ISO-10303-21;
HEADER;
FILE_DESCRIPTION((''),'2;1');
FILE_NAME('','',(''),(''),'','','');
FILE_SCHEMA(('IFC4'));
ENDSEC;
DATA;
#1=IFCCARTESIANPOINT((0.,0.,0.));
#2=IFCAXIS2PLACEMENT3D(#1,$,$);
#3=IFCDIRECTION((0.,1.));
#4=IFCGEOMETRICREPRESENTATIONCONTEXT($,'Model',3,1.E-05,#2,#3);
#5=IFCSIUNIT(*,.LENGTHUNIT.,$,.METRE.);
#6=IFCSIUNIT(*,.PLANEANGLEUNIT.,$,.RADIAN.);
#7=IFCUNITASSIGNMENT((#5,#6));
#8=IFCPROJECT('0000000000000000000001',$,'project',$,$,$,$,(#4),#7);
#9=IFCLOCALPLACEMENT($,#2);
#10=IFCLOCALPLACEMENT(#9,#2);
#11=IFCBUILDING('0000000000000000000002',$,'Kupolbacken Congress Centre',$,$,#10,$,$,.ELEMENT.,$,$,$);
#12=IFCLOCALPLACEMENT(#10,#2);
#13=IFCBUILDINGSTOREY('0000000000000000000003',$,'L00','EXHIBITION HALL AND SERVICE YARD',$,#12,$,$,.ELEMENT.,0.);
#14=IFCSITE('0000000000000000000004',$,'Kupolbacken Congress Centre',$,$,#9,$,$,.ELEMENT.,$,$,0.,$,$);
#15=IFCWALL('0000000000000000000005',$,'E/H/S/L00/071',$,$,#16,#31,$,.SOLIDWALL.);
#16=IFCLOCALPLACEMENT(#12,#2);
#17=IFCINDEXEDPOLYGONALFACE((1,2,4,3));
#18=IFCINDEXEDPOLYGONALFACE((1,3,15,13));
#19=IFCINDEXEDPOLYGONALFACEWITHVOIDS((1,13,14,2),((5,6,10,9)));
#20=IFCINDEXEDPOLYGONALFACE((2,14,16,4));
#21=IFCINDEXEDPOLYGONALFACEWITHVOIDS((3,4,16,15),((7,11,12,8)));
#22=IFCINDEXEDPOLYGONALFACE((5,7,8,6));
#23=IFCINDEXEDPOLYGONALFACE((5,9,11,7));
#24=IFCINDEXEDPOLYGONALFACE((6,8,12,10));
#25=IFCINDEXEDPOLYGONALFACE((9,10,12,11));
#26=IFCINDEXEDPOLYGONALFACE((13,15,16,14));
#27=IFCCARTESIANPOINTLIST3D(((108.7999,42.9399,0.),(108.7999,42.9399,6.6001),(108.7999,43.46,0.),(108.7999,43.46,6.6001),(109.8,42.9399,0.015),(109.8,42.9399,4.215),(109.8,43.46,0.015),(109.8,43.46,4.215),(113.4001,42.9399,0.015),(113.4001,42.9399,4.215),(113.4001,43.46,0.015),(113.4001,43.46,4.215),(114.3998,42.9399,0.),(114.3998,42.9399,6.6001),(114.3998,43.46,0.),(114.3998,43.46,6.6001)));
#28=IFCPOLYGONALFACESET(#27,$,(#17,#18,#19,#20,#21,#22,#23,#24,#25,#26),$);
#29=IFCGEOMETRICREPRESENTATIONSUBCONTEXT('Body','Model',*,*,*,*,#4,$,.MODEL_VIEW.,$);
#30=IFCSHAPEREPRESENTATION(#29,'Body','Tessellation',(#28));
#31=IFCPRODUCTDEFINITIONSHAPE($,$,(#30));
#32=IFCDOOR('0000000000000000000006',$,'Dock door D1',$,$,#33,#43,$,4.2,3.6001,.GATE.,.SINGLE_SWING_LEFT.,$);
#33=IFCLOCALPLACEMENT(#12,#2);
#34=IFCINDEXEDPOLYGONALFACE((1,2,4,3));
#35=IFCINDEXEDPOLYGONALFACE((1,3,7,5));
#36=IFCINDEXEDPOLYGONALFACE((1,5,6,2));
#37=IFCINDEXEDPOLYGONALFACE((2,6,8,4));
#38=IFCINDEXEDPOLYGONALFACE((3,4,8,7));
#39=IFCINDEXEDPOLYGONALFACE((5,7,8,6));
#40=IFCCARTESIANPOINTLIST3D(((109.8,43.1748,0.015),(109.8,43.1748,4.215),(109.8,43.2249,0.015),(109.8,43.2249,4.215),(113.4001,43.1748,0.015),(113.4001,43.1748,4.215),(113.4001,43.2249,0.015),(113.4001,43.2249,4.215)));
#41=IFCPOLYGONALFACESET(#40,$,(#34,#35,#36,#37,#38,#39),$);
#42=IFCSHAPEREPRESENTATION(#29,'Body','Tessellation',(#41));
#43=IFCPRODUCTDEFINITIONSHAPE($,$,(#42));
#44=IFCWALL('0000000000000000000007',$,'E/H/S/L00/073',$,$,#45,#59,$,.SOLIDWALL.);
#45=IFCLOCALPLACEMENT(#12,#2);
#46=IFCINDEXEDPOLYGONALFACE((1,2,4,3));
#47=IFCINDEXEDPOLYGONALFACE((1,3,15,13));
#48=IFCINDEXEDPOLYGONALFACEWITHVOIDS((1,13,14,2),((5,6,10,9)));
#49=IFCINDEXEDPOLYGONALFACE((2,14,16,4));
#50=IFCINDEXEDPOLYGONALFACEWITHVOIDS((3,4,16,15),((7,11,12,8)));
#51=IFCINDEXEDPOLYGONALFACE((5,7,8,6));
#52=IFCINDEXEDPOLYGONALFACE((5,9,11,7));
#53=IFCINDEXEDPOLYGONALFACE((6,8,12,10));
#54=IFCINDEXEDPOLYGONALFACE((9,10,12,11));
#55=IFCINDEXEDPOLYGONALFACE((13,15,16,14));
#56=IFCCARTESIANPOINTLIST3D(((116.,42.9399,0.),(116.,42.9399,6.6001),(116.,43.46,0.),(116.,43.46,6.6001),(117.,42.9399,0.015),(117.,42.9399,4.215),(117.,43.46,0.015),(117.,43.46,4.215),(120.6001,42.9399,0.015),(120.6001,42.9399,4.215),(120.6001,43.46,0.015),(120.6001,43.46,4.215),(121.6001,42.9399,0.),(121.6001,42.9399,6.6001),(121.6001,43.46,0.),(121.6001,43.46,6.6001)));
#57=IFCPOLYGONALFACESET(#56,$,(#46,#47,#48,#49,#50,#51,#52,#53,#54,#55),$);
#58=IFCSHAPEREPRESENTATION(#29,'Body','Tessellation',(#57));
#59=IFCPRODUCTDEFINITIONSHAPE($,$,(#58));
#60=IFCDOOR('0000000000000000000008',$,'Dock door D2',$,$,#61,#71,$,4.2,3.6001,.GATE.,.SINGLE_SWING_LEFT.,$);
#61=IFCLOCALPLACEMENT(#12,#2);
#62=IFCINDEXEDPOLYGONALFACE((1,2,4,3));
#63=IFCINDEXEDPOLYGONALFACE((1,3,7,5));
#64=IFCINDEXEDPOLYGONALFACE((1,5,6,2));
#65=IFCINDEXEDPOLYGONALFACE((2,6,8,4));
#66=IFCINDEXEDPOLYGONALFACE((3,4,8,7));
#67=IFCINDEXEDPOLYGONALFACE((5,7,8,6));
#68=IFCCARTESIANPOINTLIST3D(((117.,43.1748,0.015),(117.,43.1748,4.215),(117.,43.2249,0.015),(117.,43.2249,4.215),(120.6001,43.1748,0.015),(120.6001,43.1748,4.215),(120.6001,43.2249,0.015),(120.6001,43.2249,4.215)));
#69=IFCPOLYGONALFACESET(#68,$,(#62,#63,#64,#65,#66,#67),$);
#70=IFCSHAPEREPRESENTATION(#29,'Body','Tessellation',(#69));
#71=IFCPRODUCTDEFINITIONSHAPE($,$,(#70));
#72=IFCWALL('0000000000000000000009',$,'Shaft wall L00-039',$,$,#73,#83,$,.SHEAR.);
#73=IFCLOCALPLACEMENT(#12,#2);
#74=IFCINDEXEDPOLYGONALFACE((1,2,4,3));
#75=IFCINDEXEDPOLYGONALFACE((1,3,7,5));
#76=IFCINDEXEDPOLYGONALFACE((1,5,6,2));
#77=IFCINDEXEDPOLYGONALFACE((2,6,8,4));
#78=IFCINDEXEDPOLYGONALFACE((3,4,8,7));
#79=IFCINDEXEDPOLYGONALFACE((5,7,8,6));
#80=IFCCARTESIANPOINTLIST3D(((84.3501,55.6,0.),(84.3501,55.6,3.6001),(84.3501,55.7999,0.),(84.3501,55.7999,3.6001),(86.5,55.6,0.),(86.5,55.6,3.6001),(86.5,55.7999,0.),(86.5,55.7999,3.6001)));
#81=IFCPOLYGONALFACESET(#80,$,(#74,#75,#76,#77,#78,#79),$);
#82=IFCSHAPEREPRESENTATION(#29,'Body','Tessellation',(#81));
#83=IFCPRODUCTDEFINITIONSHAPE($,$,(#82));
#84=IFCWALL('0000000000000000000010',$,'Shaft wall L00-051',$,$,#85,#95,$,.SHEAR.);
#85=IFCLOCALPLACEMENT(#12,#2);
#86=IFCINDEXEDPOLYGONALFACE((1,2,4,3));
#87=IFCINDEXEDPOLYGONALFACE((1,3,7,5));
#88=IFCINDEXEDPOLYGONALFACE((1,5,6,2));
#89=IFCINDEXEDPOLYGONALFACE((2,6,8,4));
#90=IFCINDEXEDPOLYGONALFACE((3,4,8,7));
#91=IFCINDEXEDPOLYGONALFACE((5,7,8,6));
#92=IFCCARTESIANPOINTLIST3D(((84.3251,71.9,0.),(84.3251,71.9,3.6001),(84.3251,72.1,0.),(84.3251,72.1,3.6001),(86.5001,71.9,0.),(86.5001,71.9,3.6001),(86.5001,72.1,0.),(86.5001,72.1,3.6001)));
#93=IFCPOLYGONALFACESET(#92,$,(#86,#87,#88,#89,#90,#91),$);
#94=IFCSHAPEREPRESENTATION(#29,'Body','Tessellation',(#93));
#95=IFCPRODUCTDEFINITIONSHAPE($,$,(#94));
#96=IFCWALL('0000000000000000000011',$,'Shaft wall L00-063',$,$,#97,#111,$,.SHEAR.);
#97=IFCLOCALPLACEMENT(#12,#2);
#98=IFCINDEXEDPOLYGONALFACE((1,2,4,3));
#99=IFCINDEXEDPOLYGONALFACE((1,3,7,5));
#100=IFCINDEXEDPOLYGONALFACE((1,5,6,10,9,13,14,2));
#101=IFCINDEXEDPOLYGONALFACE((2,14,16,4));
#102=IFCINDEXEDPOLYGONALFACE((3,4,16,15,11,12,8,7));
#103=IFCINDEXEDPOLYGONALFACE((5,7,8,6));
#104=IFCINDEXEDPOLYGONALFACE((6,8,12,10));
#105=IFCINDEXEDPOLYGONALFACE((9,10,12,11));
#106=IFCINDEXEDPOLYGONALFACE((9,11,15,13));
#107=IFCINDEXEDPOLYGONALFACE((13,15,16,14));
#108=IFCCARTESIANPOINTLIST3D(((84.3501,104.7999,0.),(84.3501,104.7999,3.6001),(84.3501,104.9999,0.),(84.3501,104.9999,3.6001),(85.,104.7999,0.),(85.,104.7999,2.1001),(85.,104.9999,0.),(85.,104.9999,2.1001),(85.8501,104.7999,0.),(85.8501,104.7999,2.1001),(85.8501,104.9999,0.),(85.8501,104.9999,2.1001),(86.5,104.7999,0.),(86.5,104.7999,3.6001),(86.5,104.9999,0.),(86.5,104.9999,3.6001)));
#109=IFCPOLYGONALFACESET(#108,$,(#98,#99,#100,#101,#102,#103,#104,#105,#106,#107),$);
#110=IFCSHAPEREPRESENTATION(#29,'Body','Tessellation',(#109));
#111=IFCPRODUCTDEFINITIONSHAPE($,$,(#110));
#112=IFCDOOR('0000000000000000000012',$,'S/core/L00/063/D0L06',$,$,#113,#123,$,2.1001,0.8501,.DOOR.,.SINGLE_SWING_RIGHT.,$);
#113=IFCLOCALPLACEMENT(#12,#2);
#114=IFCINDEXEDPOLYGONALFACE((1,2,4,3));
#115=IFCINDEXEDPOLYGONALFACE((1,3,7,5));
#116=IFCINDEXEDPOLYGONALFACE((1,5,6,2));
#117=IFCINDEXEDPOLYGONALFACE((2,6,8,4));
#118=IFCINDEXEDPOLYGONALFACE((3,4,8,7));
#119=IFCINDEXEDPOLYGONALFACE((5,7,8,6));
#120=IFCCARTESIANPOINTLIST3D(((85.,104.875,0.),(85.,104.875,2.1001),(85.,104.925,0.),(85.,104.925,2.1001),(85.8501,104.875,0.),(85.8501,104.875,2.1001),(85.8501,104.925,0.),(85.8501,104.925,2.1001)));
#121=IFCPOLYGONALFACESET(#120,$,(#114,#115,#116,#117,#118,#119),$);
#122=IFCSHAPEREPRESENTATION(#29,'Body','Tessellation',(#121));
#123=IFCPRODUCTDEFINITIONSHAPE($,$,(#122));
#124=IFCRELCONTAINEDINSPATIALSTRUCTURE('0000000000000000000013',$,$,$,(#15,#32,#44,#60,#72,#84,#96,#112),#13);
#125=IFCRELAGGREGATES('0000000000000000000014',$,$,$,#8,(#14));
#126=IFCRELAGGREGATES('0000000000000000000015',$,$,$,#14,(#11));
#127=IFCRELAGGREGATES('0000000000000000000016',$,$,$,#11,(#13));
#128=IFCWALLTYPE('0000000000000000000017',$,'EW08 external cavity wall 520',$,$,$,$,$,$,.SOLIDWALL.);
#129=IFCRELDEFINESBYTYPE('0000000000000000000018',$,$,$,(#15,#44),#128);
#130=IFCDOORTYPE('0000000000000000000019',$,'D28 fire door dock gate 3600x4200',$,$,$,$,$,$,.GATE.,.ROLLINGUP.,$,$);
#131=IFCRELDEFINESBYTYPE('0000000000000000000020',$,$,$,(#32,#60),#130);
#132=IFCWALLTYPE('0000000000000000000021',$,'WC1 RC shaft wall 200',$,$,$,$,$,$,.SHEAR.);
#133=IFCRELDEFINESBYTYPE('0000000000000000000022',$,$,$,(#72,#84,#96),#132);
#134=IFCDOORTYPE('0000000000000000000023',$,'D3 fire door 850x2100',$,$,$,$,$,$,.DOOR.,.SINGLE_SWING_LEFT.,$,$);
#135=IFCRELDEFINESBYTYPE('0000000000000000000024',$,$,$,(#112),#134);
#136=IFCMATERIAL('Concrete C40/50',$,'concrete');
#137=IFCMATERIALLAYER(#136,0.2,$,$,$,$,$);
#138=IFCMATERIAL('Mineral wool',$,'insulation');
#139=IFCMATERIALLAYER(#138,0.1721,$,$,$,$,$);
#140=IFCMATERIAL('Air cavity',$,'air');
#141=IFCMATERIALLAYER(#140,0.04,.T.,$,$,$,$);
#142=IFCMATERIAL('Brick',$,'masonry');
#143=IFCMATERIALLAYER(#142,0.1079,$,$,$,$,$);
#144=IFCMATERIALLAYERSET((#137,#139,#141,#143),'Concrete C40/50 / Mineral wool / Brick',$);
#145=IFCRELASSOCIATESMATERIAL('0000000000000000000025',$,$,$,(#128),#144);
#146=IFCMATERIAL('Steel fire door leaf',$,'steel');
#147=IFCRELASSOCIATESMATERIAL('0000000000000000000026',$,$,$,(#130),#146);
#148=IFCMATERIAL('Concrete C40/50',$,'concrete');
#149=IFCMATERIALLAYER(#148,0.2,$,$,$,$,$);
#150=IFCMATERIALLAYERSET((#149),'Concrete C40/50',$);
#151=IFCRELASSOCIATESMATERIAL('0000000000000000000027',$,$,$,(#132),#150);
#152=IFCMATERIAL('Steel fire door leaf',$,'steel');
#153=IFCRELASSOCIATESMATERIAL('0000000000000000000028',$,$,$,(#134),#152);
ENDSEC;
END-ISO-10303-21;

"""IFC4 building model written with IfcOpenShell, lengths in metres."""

from ifc_helpers import new_model, si_unit, direction, frame, frame_2d, origin, place, context, subcontext, project, spatial, rectangle, extrude, material, layer, layer_set, type_object, element, fill, save


model = new_model("IFC4")

# Units and contexts
model_context = context("Model", 3, precision=1e-05, world=origin(), true_north=direction((0.0, 1.0)))
body_context = subcontext(model_context, "Body", "Model", "MODEL_VIEW")
ifc_project = project(units=[si_unit("LENGTHUNIT", "METRE"), si_unit("PLANEANGLEUNIT", "RADIAN")], contexts=[model_context])

# Site, building, storey
site_placement = place(None, origin())
site = spatial("IfcSite", under=ifc_project, at=site_placement, Name="Kupolbacken Congress Centre", CompositionType="ELEMENT", RefElevation=0.0)
building_placement = place(site_placement, origin())
building = spatial("IfcBuilding", under=site, at=building_placement, Name="Kupolbacken Congress Centre", CompositionType="ELEMENT")
storey_placement = place(building_placement, origin())
storey = spatial("IfcBuildingStorey", under=building, at=storey_placement, Name="L00", Description="EXHIBITION HALL AND SERVICE YARD", CompositionType="ELEMENT", Elevation=0.0)

# Shared definitions
ifc_material_1 = material(Name="Brick", Category="masonry")
ifc_material_2 = material(Name="Air cavity", Category="air")
ifc_material_3 = material(Name="Mineral wool", Category="insulation")

# Walls, openings, doors
ifc_material_4 = material(Name="Concrete C40/50", Category="concrete")
ifc_layer_1 = layer(ifc_material_4, 0.2)
ifc_layer_2 = layer(ifc_material_3, 0.1721)
ifc_layer_3 = layer(ifc_material_2, 0.04, ventilated=True)
ifc_layer_4 = layer(ifc_material_1, 0.1079)
ifc_layer_set_1 = layer_set([ifc_layer_1, ifc_layer_2, ifc_layer_3, ifc_layer_4], Name="Concrete C40/50 / Mineral wool / Brick")
wall_type_1 = type_object("IfcWallType", Name="EW08 external cavity wall 520", PredefinedType="SOLIDWALL", material=ifc_layer_set_1)
wall_1_placement = place(storey_placement, frame((108.8, 43.2, 0.0), z_axis=(0.0, 0.0, 1.0), x_axis=(1.0, 0.0, 0.0)))
wall_1 = element("IfcWall", 1, at=wall_1_placement, inside=storey, type_object=wall_type_1, Name="E/H/S/L00/071", PredefinedType="SOLIDWALL", context=body_context, shape_type="SweptSolid", body=[
    extrude(rectangle(XDim=5.5999, YDim=0.52, at=frame_2d((2.7998, 0.0))), origin(), (0.0, 0.0, 1.0), 6.6001),
])
opening_1_placement = place(wall_1_placement, frame((1.0, 0.0, 0.0149)))
opening_1 = element("IfcOpeningElement", 2, at=opening_1_placement, cuts=wall_1, PredefinedType="OPENING", context=body_context, shape_type="SweptSolid", body=[
    extrude(rectangle(XDim=3.6001, YDim=4.2, at=frame_2d((1.8, 2.1001))), frame((0.0, 0.27, 0.0), z_axis=(0.0, -1.0, 0.0), x_axis=(1.0, 0.0, 0.0)), (0.0, 0.0, 1.0), 0.54),
])
ifc_material_5 = material(Name="Steel fire door leaf", Category="steel")
door_type_1 = type_object("IfcDoorType", Name="D28 fire door dock gate 3600x4200", OperationType="ROLLINGUP", PredefinedType="GATE", material=ifc_material_5)
door_1_placement = place(opening_1_placement, origin())
door_1 = element("IfcDoor", 3, at=door_1_placement, inside=storey, type_object=door_type_1, Name="Dock door D1", OperationType="SINGLE_SWING_LEFT", OverallHeight=4.2, OverallWidth=3.6001, PredefinedType="GATE", context=body_context, shape_type="SweptSolid", body=[
    extrude(rectangle(XDim=3.6001, YDim=4.2, at=frame_2d((1.8, 2.1001))), frame((0.0, 0.0249, 0.0), z_axis=(0.0, -1.0, 0.0), x_axis=(1.0, 0.0, 0.0)), (0.0, 0.0, 1.0), 0.05),
])
fill(opening_1, door_1)
wall_2_placement = place(storey_placement, frame((116.0, 43.2, 0.0), z_axis=(0.0, 0.0, 1.0), x_axis=(1.0, 0.0, 0.0)))
wall_2 = element("IfcWall", 4, at=wall_2_placement, inside=storey, type_object=wall_type_1, Name="E/H/S/L00/073", PredefinedType="SOLIDWALL", context=body_context, shape_type="SweptSolid", body=[
    extrude(rectangle(XDim=5.6001, YDim=0.52, at=frame_2d((2.8, 0.0))), origin(), (0.0, 0.0, 1.0), 6.6001),
])
opening_2_placement = place(wall_2_placement, frame((1.0, 0.0, 0.0149)))
opening_2 = element("IfcOpeningElement", 5, at=opening_2_placement, cuts=wall_2, PredefinedType="OPENING", context=body_context, shape_type="SweptSolid", body=[
    extrude(rectangle(XDim=3.6001, YDim=4.2, at=frame_2d((1.8, 2.1001))), frame((0.0, 0.27, 0.0), z_axis=(0.0, -1.0, 0.0), x_axis=(1.0, 0.0, 0.0)), (0.0, 0.0, 1.0), 0.54),
])
door_2_placement = place(opening_2_placement, origin())
door_2 = element("IfcDoor", 6, at=door_2_placement, inside=storey, type_object=door_type_1, Name="Dock door D2", OperationType="SINGLE_SWING_LEFT", OverallHeight=4.2, OverallWidth=3.6001, PredefinedType="GATE", context=body_context, shape_type="SweptSolid", body=[
    extrude(rectangle(XDim=3.6001, YDim=4.2, at=frame_2d((1.8, 2.1001))), frame((0.0, 0.0249, 0.0), z_axis=(0.0, -1.0, 0.0), x_axis=(1.0, 0.0, 0.0)), (0.0, 0.0, 1.0), 0.05),
])
fill(opening_2, door_2)

# Walls
ifc_material_6 = material(Name="Concrete C40/50", Category="concrete")
ifc_layer_5 = layer(ifc_material_6, 0.2)
ifc_layer_set_2 = layer_set([ifc_layer_5], Name="Concrete C40/50")
wall_type_2 = type_object("IfcWallType", Name="WC1 RC shaft wall 200", PredefinedType="SHEAR", material=ifc_layer_set_2)
wall_3_placement = place(storey_placement, frame((86.5, 55.7, 0.0), z_axis=(0.0, 0.0, 1.0), x_axis=(-1.0, 0.0, 0.0)))
element("IfcWall", 7, at=wall_3_placement, inside=storey, type_object=wall_type_2, Name="Shaft wall L00-039", PredefinedType="SHEAR", context=body_context, shape_type="SweptSolid", body=[
    extrude(rectangle(XDim=2.1499, YDim=0.2, at=frame_2d((1.075, 0.0))), origin(), (0.0, 0.0, 1.0), 3.6001),
])
wall_4_placement = place(storey_placement, frame((86.5, 72.0, 0.0), z_axis=(0.0, 0.0, 1.0), x_axis=(-1.0, 0.0, 0.0)))
element("IfcWall", 8, at=wall_4_placement, inside=storey, type_object=wall_type_2, Name="Shaft wall L00-051", PredefinedType="SHEAR", context=body_context, shape_type="SweptSolid", body=[
    extrude(rectangle(XDim=2.175, YDim=0.2, at=frame_2d((1.0874, 0.0))), origin(), (0.0, 0.0, 1.0), 3.6001),
])

# Wall, opening, door
wall_5_placement = place(storey_placement, frame((86.5, 104.8999, 0.0), z_axis=(0.0, 0.0, 1.0), x_axis=(-1.0, 0.0, 0.0)))
wall_5 = element("IfcWall", 9, at=wall_5_placement, inside=storey, type_object=wall_type_2, Name="Shaft wall L00-063", PredefinedType="SHEAR", context=body_context, shape_type="SweptSolid", body=[
    extrude(rectangle(XDim=2.1499, YDim=0.2, at=frame_2d((1.075, 0.0))), origin(), (0.0, 0.0, 1.0), 3.6001),
])
opening_3_placement = place(wall_5_placement, frame((0.6499, 0.0, 0.0)))
opening_3 = element("IfcOpeningElement", 10, at=opening_3_placement, cuts=wall_5, PredefinedType="OPENING", context=body_context, shape_type="SweptSolid", body=[
    extrude(rectangle(XDim=0.8501, YDim=2.1001, at=frame_2d((0.425, 1.05))), frame((0.0, 0.1099, 0.0), z_axis=(0.0, -1.0, 0.0), x_axis=(1.0, 0.0, 0.0)), (0.0, 0.0, 1.0), 0.22),
])
ifc_material_7 = material(Name="Steel fire door leaf", Category="steel")
door_type_2 = type_object("IfcDoorType", Name="D3 fire door 850x2100", OperationType="SINGLE_SWING_LEFT", PredefinedType="DOOR", material=ifc_material_7)
door_3_placement = place(opening_3_placement, origin())
door_3 = element("IfcDoor", 11, at=door_3_placement, inside=storey, type_object=door_type_2, Name="S/core/L00/063/D0L06", OperationType="SINGLE_SWING_RIGHT", OverallHeight=2.1001, OverallWidth=0.8501, PredefinedType="DOOR", context=body_context, shape_type="SweptSolid", body=[
    extrude(rectangle(XDim=0.8501, YDim=2.1001, at=frame_2d((0.425, 1.05))), frame((0.0, 0.0249, 0.0), z_axis=(0.0, -1.0, 0.0), x_axis=(1.0, 0.0, 0.0)), (0.0, 0.0, 1.0), 0.05),
])
fill(opening_3, door_3)

save(model, "model.ifc")
